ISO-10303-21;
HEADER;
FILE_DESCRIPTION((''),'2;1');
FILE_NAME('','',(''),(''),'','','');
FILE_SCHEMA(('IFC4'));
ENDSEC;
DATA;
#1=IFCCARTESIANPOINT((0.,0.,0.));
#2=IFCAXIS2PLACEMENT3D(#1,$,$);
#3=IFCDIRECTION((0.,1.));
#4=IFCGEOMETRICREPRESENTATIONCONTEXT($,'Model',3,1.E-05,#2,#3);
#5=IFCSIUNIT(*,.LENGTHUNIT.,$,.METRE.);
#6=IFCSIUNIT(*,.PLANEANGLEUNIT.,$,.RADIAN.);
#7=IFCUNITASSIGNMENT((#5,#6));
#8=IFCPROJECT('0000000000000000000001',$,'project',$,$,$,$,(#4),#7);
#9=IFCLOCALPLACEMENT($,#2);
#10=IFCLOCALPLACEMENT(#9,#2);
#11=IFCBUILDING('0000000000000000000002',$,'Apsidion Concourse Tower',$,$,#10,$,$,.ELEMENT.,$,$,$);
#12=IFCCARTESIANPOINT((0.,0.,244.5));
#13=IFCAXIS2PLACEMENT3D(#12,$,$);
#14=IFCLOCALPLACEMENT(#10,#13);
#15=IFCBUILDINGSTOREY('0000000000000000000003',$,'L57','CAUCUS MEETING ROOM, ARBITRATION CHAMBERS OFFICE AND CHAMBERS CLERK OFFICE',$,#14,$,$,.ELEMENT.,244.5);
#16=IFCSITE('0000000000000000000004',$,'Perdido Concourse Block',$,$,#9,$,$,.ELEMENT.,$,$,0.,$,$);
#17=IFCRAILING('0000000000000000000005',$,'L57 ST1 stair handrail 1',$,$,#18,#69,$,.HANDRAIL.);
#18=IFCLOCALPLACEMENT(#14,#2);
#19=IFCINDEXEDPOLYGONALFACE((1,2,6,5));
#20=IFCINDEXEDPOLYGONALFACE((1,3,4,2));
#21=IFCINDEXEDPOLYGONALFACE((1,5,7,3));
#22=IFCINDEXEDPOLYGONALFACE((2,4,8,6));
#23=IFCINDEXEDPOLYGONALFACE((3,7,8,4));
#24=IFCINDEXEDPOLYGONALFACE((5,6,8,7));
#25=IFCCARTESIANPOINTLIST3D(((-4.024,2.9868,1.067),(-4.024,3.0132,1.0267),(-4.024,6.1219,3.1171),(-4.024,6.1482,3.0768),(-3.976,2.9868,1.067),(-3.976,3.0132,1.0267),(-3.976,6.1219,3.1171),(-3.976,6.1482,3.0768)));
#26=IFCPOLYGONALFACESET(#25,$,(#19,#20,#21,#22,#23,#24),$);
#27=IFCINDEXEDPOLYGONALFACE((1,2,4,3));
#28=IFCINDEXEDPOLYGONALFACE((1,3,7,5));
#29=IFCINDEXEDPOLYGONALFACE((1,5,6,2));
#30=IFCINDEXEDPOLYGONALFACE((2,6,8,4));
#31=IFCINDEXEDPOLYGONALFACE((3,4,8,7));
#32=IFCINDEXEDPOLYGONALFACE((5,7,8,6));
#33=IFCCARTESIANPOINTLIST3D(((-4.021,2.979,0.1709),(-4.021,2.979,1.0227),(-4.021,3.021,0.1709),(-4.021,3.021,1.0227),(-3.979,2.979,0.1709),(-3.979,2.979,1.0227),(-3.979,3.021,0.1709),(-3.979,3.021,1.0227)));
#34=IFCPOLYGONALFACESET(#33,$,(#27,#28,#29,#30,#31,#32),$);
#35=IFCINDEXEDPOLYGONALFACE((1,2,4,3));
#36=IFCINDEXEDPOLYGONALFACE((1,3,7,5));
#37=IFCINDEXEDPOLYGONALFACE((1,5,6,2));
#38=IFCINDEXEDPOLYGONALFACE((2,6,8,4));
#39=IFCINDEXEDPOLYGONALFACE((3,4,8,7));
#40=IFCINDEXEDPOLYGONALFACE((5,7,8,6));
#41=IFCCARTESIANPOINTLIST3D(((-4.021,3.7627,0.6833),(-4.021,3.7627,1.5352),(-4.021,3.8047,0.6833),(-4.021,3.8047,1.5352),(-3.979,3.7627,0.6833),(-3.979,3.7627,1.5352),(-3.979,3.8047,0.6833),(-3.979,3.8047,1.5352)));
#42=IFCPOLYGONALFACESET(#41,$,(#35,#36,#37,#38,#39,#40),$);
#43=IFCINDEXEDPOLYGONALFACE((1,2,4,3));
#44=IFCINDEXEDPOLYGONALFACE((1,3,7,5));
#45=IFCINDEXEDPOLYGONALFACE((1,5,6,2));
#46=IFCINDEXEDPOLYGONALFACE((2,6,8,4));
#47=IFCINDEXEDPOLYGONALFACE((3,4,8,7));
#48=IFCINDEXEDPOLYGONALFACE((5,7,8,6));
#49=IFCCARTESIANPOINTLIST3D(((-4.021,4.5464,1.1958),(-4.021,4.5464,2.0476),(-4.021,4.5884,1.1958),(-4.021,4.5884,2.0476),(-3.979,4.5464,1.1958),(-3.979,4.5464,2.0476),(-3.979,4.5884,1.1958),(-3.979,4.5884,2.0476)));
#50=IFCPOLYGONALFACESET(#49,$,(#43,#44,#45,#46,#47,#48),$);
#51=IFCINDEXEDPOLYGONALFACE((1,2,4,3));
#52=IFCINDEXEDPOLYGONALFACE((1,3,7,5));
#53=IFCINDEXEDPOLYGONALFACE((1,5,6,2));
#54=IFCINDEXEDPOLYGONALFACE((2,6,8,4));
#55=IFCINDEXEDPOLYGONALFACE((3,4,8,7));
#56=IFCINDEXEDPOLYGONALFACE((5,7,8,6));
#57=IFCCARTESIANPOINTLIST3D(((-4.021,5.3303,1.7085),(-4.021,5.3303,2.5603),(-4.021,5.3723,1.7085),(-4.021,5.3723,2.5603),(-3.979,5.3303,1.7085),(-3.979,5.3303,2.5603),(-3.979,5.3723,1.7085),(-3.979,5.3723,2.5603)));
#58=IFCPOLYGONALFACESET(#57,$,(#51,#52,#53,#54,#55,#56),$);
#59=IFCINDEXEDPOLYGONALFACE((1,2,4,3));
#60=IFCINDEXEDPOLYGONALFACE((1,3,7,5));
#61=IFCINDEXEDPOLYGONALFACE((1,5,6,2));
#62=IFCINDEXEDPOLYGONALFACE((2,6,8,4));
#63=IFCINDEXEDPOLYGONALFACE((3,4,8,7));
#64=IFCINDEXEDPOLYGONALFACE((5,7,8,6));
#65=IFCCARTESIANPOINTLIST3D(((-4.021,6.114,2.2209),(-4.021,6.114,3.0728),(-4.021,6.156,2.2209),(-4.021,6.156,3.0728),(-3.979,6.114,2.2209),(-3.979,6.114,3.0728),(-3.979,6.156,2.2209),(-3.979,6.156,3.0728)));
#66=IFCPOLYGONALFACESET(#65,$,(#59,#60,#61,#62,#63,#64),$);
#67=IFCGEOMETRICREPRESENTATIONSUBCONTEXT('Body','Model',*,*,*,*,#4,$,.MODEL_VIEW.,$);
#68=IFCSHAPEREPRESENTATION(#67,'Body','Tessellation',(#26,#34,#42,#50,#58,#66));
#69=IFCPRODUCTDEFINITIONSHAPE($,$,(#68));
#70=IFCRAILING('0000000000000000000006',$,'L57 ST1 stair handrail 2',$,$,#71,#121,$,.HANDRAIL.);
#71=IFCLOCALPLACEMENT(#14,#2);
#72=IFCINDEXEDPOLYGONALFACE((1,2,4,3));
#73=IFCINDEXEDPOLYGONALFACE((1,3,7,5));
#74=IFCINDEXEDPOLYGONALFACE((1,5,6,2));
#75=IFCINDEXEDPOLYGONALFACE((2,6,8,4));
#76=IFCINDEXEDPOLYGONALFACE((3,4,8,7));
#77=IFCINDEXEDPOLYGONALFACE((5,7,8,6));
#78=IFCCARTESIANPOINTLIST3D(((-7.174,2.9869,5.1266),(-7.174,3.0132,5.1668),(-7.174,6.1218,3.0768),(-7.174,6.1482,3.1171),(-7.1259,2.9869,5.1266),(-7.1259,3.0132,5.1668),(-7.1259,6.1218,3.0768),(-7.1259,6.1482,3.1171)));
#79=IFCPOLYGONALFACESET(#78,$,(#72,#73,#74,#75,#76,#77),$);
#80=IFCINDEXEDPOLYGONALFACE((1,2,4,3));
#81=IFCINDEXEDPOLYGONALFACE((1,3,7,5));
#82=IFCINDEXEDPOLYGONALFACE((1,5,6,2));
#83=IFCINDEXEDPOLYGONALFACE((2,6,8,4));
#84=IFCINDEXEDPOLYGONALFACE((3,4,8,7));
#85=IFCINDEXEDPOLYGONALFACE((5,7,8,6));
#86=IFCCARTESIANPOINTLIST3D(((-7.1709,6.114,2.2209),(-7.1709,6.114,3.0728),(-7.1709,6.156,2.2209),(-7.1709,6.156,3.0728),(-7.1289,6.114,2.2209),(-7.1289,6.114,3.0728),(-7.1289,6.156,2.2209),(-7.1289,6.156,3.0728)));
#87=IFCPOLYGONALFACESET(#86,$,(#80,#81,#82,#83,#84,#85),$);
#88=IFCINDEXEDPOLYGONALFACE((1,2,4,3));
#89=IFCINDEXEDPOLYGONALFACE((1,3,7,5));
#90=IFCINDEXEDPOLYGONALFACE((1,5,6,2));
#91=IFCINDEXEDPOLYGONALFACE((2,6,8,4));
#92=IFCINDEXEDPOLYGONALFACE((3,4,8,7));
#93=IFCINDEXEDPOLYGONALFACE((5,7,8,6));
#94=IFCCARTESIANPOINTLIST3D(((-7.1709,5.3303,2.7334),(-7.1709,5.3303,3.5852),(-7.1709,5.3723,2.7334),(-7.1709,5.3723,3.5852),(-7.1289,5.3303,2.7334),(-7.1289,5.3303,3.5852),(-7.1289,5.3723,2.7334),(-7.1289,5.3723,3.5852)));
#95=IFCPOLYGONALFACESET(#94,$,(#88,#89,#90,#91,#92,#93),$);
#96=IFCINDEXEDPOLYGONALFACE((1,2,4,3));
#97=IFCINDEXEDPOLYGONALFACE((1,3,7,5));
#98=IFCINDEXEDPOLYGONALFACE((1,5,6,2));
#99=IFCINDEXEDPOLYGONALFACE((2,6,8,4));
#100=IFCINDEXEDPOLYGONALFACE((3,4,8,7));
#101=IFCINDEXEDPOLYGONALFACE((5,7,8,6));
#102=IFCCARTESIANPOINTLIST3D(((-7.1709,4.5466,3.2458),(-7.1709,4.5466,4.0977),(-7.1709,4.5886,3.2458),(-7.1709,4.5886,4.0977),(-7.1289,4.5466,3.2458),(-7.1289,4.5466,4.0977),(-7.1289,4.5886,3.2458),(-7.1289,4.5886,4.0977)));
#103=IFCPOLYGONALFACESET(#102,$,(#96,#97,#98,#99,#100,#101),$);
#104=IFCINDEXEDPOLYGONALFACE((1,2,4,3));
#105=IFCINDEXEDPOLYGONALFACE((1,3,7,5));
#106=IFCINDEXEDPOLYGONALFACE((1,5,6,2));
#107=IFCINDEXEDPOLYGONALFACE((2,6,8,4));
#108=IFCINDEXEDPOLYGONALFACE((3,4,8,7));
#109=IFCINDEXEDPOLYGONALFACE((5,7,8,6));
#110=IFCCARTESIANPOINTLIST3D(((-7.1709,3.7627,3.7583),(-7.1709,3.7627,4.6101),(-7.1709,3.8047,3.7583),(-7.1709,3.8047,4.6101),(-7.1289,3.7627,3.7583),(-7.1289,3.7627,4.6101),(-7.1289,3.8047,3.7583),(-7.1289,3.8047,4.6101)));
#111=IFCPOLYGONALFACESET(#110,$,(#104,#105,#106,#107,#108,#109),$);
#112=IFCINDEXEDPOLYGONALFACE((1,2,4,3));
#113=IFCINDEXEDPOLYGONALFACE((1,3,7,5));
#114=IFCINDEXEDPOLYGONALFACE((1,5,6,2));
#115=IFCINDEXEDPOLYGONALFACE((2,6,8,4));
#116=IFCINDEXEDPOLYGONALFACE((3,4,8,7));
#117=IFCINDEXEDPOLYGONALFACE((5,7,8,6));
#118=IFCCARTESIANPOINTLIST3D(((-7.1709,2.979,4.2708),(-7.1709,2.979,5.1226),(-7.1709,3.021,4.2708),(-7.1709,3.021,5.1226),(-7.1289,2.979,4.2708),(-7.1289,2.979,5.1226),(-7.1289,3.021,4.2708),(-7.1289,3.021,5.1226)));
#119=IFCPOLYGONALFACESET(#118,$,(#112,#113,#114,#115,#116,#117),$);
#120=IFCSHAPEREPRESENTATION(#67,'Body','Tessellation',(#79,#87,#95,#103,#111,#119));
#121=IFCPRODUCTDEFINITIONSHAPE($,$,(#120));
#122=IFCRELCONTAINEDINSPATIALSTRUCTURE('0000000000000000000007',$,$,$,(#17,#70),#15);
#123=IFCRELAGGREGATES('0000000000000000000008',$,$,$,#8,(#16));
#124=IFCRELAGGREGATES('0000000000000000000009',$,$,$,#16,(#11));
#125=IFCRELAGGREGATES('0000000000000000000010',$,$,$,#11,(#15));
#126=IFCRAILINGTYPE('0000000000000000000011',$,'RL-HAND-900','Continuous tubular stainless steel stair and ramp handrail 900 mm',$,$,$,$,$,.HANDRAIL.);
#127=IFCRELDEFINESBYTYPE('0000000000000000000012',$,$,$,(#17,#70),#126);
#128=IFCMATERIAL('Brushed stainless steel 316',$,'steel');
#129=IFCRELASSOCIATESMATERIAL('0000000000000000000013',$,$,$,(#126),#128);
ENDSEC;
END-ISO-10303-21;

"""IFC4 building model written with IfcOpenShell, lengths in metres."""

from ifc_helpers import new_model, si_unit, direction, frame, origin, origin_2d, place, context, subcontext, project, spatial, rectangle, extrude, material, type_object, element, save


model = new_model("IFC4")

# Units and contexts
model_context = context("Model", 3, precision=1e-05, world=origin(), true_north=direction((0.0, 1.0)))
body_context = subcontext(model_context, "Body", "Model", "MODEL_VIEW")
ifc_project = project(units=[si_unit("LENGTHUNIT", "METRE"), si_unit("PLANEANGLEUNIT", "RADIAN")], contexts=[model_context])

# Site, building, storey
site_placement = place(None, origin())
site = spatial("IfcSite", under=ifc_project, at=site_placement, Name="Perdido Concourse Block", CompositionType="ELEMENT", RefElevation=0.0)
building_placement = place(site_placement, origin())
building = spatial("IfcBuilding", under=site, at=building_placement, Name="Apsidion Concourse Tower", CompositionType="ELEMENT")
storey_placement = place(building_placement, frame((0.0, 0.0, 244.5)))
storey = spatial("IfcBuildingStorey", under=building, at=storey_placement, Name="L57", Description="CAUCUS MEETING ROOM, ARBITRATION CHAMBERS OFFICE AND CHAMBERS CLERK OFFICE", CompositionType="ELEMENT", Elevation=244.5)

# Shared definitions
ifc_material_1 = material(Name="Brushed stainless steel 316", Category="steel")

# Railings
railing_type_1 = type_object("IfcRailingType", Name="RL-HAND-900", Description="Continuous tubular stainless steel stair and ramp handrail 900 mm", PredefinedType="HANDRAIL", material=ifc_material_1)
railing_1_placement = place(storey_placement, frame((-4.0, 3.0, 0.1709)))
element("IfcRailing", 1, at=railing_1_placement, inside=storey, type_object=railing_type_1, Name="L57 ST1 stair handrail 1", PredefinedType="HANDRAIL", context=body_context, shape_type="SweptSolid", body=[
    extrude(rectangle(XDim=0.0481, YDim=0.0481, at=origin_2d()), frame((0.0, 0.0, 0.876), z_axis=(0.0, 0.836941, 0.547293), x_axis=(-1.0, 0.0, 0.0)), (0.0, 0.0, 1.0), 3.7458),
    extrude(rectangle(XDim=0.042, YDim=0.042, at=origin_2d()), origin(), (0.0, 0.0, 1.0), 0.8518),
    extrude(rectangle(XDim=0.042, YDim=0.042, at=origin_2d()), frame((0.0, 0.7837, 0.5125)), (0.0, 0.0, 1.0), 0.8518),
    extrude(rectangle(XDim=0.042, YDim=0.042, at=origin_2d()), frame((0.0, 1.5674, 1.0249)), (0.0, 0.0, 1.0), 0.8518),
    extrude(rectangle(XDim=0.042, YDim=0.042, at=origin_2d()), frame((0.0, 2.3513, 1.5376)), (0.0, 0.0, 1.0), 0.8518),
    extrude(rectangle(XDim=0.042, YDim=0.042, at=origin_2d()), frame((0.0, 3.135, 2.05)), (0.0, 0.0, 1.0), 0.8518),
])
railing_2_placement = place(storey_placement, frame((-7.1499, 6.135, 2.2209)))
element("IfcRailing", 2, at=railing_2_placement, inside=storey, type_object=railing_type_1, Name="L57 ST1 stair handrail 2", PredefinedType="HANDRAIL", context=body_context, shape_type="SweptSolid", body=[
    extrude(rectangle(XDim=0.0481, YDim=0.0481, at=origin_2d()), frame((0.0, 0.0, 0.876), z_axis=(0.0, -0.836971, 0.547248), x_axis=(1.0, 0.0, 0.0)), (0.0, 0.0, 1.0), 3.7456),
    extrude(rectangle(XDim=0.042, YDim=0.042, at=origin_2d()), origin(), (0.0, 0.0, 1.0), 0.8518),
    extrude(rectangle(XDim=0.042, YDim=0.042, at=origin_2d()), frame((0.0, -0.7837, 0.5125)), (0.0, 0.0, 1.0), 0.8518),
    extrude(rectangle(XDim=0.042, YDim=0.042, at=origin_2d()), frame((0.0, -1.5674, 1.0249)), (0.0, 0.0, 1.0), 0.8518),
    extrude(rectangle(XDim=0.042, YDim=0.042, at=origin_2d()), frame((0.0, -2.3513, 1.5374)), (0.0, 0.0, 1.0), 0.8518),
    extrude(rectangle(XDim=0.042, YDim=0.042, at=origin_2d()), frame((0.0, -3.135, 2.0498)), (0.0, 0.0, 1.0), 0.8518),
])

save(model, "model.ifc")
